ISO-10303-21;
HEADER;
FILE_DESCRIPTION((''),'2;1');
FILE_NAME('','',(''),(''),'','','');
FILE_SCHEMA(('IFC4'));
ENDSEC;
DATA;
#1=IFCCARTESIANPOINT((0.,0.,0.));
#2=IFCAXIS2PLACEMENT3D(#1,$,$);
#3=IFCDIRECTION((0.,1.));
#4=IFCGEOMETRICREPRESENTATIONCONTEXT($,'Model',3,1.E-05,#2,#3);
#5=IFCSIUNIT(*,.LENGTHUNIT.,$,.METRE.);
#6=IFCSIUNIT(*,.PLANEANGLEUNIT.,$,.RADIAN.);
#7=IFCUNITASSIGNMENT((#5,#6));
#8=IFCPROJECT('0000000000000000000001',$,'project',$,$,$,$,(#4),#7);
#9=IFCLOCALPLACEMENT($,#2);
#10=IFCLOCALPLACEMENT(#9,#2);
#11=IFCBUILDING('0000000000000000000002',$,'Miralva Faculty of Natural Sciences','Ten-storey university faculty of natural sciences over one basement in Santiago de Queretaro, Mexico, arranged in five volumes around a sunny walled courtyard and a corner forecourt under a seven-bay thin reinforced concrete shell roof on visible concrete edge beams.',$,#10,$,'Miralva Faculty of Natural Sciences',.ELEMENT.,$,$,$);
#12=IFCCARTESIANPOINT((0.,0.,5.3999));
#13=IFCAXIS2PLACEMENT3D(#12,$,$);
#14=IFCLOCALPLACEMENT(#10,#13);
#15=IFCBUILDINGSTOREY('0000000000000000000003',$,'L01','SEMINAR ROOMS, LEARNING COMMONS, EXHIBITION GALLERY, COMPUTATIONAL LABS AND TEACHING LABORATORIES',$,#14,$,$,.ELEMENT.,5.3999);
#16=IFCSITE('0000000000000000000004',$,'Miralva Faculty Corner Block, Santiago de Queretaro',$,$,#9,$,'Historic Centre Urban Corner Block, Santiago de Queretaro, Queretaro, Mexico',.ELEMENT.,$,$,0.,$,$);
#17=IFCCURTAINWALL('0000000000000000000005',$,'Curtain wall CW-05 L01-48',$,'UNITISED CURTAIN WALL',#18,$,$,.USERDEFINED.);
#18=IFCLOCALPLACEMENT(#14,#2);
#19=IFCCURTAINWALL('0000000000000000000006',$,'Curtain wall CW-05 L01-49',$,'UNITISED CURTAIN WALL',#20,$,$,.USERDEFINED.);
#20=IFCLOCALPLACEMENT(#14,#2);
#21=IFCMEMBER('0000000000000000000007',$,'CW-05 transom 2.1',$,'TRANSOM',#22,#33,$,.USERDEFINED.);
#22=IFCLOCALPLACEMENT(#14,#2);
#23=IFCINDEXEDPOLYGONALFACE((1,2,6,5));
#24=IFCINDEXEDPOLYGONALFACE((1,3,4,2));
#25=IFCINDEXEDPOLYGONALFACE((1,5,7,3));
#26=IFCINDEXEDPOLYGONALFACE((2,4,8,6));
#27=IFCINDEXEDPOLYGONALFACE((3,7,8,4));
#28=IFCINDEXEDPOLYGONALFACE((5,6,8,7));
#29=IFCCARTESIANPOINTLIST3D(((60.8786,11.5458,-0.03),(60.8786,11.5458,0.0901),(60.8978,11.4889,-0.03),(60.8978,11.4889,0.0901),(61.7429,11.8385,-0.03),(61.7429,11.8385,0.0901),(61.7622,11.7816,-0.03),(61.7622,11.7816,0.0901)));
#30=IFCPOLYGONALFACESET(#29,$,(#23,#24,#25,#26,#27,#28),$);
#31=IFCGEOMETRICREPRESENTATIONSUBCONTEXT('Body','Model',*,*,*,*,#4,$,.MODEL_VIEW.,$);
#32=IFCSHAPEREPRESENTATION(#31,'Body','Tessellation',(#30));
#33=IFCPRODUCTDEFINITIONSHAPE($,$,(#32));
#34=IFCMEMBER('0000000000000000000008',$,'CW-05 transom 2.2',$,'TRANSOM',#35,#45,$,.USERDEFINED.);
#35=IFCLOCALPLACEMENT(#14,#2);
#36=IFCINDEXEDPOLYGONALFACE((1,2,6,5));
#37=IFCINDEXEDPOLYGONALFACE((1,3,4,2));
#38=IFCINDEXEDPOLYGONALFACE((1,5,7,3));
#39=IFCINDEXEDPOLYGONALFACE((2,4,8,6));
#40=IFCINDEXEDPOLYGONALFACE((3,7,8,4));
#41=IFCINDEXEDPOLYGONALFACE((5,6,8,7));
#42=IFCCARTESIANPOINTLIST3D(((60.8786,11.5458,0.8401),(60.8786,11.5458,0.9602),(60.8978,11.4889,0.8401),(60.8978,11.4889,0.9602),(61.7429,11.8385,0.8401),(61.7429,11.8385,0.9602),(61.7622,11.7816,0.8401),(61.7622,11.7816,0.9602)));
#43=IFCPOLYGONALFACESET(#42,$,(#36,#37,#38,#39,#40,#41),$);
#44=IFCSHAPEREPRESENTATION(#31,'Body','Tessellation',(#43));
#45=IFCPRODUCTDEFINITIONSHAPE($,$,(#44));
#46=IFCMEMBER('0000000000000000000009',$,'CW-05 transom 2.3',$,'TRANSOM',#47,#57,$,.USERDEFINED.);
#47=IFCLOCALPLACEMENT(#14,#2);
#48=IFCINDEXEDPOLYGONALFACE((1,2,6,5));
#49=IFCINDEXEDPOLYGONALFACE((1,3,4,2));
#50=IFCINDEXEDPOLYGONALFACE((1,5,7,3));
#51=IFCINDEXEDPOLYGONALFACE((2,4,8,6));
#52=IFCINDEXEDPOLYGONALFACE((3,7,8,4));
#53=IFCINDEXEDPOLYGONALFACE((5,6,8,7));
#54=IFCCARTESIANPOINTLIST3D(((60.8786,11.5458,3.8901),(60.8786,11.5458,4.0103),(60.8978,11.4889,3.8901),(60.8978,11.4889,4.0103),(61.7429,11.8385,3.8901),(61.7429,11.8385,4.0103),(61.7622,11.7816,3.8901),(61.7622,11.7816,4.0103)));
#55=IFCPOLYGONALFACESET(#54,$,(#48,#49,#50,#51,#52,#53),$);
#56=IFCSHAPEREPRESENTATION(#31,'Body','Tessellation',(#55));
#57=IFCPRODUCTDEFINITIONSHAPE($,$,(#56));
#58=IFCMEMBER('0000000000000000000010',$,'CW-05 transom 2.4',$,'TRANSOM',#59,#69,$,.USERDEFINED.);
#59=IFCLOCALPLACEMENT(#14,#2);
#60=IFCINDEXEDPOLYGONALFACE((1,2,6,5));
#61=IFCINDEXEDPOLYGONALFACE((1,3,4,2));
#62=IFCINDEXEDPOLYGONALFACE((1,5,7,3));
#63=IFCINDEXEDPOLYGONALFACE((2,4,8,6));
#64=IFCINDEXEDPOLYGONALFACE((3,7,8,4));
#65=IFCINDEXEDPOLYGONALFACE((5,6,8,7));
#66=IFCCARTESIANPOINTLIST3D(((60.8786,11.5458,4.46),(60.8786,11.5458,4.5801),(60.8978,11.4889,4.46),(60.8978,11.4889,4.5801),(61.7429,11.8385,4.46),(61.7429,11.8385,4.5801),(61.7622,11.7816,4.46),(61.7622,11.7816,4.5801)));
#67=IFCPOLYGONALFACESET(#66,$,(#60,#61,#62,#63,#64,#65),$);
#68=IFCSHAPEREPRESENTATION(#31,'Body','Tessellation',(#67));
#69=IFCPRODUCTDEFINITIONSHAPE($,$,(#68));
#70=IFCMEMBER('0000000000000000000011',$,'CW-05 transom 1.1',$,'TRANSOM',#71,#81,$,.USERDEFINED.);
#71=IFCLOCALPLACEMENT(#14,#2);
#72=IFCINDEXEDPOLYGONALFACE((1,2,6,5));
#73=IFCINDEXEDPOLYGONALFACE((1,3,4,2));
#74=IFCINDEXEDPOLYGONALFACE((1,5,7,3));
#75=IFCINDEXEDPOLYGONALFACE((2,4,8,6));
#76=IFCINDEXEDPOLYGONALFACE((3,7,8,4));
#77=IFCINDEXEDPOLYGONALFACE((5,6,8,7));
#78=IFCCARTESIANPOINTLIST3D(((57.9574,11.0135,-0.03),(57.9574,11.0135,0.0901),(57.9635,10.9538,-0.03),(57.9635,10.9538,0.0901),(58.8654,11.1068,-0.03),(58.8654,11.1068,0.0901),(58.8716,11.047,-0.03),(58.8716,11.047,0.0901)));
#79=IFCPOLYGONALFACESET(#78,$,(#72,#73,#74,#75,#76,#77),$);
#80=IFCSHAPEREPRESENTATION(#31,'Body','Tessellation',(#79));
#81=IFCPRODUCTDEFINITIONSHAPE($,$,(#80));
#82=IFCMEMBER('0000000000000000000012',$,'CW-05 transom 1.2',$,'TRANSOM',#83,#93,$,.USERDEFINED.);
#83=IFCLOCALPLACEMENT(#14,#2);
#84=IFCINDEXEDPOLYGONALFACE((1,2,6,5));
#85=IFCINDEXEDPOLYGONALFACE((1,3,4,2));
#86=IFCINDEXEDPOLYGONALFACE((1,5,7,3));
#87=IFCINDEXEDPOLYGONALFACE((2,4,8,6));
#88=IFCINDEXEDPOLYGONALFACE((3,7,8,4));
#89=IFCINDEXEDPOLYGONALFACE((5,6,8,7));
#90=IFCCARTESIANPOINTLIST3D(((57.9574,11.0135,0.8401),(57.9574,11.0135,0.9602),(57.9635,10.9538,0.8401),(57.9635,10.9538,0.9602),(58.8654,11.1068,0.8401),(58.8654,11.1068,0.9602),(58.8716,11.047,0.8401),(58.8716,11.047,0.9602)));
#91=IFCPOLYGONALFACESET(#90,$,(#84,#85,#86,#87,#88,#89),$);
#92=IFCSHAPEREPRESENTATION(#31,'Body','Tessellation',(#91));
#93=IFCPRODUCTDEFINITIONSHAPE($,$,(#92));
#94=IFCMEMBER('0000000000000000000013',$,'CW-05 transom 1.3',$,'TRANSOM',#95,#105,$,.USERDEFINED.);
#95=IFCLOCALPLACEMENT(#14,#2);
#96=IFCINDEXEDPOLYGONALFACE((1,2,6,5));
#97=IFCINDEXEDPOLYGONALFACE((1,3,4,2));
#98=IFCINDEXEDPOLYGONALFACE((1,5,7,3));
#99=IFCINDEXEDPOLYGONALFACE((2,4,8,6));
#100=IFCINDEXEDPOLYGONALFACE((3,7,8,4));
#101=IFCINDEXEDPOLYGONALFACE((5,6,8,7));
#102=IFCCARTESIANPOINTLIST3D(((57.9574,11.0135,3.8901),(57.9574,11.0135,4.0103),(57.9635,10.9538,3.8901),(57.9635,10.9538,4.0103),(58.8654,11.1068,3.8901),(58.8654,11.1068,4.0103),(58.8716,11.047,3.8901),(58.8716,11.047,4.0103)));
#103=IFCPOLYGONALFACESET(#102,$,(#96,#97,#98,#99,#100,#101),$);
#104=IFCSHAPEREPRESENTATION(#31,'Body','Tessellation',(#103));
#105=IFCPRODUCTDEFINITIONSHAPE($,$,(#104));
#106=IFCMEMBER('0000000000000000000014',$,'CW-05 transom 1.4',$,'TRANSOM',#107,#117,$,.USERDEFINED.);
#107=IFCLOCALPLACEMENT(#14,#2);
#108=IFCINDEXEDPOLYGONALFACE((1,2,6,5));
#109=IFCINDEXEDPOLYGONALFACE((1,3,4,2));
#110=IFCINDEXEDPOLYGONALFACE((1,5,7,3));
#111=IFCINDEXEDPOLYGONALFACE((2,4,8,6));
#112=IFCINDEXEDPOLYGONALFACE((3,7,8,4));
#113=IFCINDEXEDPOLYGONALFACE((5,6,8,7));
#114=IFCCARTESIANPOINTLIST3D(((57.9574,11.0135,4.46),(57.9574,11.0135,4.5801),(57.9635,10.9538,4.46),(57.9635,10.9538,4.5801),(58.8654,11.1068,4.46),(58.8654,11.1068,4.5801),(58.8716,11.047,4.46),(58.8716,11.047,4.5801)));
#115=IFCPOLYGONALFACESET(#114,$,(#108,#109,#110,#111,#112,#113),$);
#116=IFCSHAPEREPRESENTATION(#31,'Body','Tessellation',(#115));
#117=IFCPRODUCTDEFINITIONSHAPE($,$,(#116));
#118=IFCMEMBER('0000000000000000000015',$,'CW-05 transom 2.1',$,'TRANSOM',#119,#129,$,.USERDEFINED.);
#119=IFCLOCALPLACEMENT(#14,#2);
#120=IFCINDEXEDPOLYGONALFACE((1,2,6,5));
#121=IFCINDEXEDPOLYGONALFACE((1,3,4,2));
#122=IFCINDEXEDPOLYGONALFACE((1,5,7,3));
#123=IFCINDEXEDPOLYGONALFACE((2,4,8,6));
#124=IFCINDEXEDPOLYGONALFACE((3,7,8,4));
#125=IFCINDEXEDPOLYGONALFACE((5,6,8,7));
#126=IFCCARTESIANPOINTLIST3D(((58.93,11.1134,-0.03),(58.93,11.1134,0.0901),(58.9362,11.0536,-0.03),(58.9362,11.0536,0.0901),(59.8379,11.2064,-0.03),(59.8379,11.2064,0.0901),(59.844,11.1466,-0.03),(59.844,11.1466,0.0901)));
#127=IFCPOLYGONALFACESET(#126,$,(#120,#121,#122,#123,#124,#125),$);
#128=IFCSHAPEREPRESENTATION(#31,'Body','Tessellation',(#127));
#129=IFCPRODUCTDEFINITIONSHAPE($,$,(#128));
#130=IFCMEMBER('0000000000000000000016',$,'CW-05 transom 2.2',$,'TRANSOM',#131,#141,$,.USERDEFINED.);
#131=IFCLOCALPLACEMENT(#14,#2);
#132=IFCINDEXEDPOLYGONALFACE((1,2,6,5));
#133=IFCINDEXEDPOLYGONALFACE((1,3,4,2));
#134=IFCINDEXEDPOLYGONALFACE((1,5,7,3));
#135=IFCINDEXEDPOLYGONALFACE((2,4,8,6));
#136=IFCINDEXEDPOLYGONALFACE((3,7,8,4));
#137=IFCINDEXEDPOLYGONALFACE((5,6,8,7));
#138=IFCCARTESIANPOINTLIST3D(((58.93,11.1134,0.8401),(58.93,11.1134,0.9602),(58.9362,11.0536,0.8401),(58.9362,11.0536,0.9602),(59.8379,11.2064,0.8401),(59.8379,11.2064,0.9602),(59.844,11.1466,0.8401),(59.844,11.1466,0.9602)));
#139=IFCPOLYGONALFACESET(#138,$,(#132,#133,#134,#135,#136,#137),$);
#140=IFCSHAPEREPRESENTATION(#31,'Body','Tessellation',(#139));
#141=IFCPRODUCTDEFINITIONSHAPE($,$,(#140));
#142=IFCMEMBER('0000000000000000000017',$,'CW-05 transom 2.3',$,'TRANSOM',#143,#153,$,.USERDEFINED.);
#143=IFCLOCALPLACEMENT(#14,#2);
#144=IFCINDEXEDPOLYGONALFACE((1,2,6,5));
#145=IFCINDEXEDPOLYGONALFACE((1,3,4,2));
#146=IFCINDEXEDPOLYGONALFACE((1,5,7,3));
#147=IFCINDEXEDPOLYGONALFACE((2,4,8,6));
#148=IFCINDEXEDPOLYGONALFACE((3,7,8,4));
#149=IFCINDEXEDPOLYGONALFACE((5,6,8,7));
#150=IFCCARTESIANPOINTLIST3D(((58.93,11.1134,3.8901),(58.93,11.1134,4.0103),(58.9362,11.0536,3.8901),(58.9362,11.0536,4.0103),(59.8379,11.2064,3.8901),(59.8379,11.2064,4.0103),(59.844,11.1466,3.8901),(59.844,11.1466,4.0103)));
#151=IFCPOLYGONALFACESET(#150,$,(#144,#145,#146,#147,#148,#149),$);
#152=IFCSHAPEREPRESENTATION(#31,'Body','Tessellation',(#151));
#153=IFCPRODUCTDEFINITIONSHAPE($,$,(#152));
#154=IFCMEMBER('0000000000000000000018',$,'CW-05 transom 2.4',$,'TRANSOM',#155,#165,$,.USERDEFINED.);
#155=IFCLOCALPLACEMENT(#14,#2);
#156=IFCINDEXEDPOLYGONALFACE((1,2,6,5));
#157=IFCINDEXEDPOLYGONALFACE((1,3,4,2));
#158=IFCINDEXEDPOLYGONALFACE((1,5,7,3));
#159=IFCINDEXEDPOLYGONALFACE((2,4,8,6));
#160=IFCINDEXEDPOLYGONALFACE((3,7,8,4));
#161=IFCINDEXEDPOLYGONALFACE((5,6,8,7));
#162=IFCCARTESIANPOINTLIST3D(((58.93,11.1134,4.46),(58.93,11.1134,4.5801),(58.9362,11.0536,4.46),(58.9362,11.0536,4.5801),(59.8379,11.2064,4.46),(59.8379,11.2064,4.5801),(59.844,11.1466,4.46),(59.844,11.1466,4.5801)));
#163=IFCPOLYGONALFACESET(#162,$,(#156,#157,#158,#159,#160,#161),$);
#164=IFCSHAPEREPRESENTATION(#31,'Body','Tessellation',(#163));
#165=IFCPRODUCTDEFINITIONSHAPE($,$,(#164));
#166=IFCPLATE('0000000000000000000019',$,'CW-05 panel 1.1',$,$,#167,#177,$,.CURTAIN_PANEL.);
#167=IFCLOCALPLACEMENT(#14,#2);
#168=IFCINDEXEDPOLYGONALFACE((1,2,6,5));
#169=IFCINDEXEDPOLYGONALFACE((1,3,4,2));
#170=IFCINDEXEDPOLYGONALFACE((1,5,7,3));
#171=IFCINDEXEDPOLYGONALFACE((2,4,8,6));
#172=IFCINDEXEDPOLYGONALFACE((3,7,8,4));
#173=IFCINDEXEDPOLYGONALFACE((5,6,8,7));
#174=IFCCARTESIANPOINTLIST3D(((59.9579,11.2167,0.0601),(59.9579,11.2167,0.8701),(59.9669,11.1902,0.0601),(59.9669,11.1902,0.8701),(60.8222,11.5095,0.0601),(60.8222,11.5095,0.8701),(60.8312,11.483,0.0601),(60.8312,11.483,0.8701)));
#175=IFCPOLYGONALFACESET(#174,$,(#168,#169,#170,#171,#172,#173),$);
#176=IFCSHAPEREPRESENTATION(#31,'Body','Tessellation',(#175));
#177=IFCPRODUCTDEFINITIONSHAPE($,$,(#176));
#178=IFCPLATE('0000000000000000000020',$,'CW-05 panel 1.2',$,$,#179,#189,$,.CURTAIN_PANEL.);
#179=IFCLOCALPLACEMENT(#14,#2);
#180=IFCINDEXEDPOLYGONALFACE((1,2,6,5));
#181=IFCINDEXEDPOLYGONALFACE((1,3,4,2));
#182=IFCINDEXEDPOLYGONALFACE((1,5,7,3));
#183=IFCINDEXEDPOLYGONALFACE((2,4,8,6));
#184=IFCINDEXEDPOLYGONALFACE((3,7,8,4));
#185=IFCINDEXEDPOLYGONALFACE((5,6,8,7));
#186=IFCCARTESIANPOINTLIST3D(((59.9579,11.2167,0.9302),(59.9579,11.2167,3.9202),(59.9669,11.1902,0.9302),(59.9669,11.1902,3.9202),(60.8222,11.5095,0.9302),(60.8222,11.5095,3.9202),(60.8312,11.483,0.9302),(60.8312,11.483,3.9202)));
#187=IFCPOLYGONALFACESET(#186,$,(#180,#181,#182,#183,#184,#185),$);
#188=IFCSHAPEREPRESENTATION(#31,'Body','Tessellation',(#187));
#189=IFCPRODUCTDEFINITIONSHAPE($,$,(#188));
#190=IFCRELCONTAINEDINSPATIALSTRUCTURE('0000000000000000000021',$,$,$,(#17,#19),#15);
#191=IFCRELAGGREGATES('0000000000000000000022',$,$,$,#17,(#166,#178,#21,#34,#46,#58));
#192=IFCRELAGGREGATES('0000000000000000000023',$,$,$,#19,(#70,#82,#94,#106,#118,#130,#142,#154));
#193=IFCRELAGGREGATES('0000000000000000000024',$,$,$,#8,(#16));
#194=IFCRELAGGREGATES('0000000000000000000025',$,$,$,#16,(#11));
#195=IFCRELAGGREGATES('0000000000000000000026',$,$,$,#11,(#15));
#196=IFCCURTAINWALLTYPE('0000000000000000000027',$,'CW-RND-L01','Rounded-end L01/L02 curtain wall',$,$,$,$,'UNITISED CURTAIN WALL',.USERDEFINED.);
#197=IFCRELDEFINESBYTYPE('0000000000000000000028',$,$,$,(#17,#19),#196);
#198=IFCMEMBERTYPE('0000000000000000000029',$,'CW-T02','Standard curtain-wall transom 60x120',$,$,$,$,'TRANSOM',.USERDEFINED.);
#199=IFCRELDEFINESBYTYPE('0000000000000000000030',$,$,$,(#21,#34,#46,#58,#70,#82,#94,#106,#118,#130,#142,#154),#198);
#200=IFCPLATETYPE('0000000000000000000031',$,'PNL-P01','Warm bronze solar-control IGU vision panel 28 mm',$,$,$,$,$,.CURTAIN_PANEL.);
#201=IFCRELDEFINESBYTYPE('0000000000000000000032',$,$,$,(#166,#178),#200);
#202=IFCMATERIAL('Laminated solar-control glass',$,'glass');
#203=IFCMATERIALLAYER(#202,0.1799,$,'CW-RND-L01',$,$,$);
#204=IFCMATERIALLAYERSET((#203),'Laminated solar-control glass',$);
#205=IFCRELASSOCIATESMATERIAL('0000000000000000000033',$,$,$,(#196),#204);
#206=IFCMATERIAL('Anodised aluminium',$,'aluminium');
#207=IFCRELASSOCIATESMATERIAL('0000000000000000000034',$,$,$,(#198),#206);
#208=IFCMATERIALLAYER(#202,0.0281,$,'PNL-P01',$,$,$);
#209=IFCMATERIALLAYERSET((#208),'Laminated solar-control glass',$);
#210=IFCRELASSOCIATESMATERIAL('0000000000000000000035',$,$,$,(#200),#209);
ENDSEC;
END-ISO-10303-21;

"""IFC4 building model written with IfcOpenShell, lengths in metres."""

from ifc_helpers import new_model, si_unit, direction, frame, origin, origin_2d, place, context, subcontext, project, spatial, rectangle, extrude, material, layer, layer_set, material_profile, profile_set, type_object, element, aggregate, save


model = new_model("IFC4")

# Units and contexts
model_context = context("Model", 3, precision=1e-05, world=origin(), true_north=direction((0.0, 1.0)))
body_context = subcontext(model_context, "Body", "Model", "MODEL_VIEW")
ifc_project = project(units=[si_unit("LENGTHUNIT", "METRE"), si_unit("PLANEANGLEUNIT", "RADIAN")], contexts=[model_context])

# Site, building, storey
site_placement = place(None, origin())
site = spatial("IfcSite", under=ifc_project, at=site_placement, Name="Miralva Faculty Corner Block, Santiago de Queretaro", LongName="Historic Centre Urban Corner Block, Santiago de Queretaro, Queretaro, Mexico", CompositionType="ELEMENT", RefElevation=0.0)
building_placement = place(site_placement, origin())
building = spatial("IfcBuilding", under=site, at=building_placement, Name="Miralva Faculty of Natural Sciences", Description="Ten-storey university faculty of natural sciences over one basement in Santiago de Queretaro, Mexico, arranged in five volumes around a sunny walled courtyard and a corner forecourt under a seven-bay thin reinforced concrete shell roof on visible concrete edge beams.", LongName="Miralva Faculty of Natural Sciences", CompositionType="ELEMENT")
storey_placement = place(building_placement, frame((0.0, 0.0, 5.3999)))
storey = spatial("IfcBuildingStorey", under=building, at=storey_placement, Name="L01", Description="SEMINAR ROOMS, LEARNING COMMONS, EXHIBITION GALLERY, COMPUTATIONAL LABS AND TEACHING LABORATORIES", CompositionType="ELEMENT", Elevation=5.3999)

# Shared definitions
ifc_material_1 = material(Name="Laminated solar-control glass", Category="glass")
ifc_layer_1 = layer(ifc_material_1, 0.1799, Name="CW-RND-L01")
ifc_layer_set_1 = layer_set([ifc_layer_1], Name="Laminated solar-control glass")
curtain_wall_type = type_object("IfcCurtainWallType", Name="CW-RND-L01", Description="Rounded-end L01/L02 curtain wall", ElementType="UNITISED CURTAIN WALL", PredefinedType="USERDEFINED", material=ifc_layer_set_1)
ifc_material_2 = material(Name="Anodised aluminium", Category="aluminium")

# Curtain walls
curtain_wall_1_placement = place(storey_placement, origin())
curtain_wall_1 = element("IfcCurtainWall", 1, at=curtain_wall_1_placement, inside=storey, type_object=curtain_wall_type, Name="Curtain wall CW-05 L01-48", ObjectType="UNITISED CURTAIN WALL", PredefinedType="USERDEFINED")
curtain_wall_2_placement = place(storey_placement, origin())
curtain_wall_2 = element("IfcCurtainWall", 2, at=curtain_wall_2_placement, inside=storey, type_object=curtain_wall_type, Name="Curtain wall CW-05 L01-49", ObjectType="UNITISED CURTAIN WALL", PredefinedType="USERDEFINED")

# Members
ifc_material_profile_1 = material_profile(ifc_material_2, rectangle(XDim=0.0601, YDim=0.1201, at=origin_2d()), Name="TRANSOM 60x120")
ifc_profile_set_1 = profile_set([ifc_material_profile_1], Name="Anodised aluminium")
member_type_1 = type_object("IfcMemberType", Name="CW-T02", Description="Standard curtain-wall transom 60x120", ElementType="TRANSOM", PredefinedType="USERDEFINED", material=ifc_profile_set_1)
member_1_placement = place(storey_placement, frame((60.8882, 11.5173, 0.03), z_axis=(0.947175, 0.320718, 0.0), x_axis=(-0.320718, 0.947175, 0.0)))
member_1 = element("IfcMember", 3, at=member_1_placement, type_object=member_type_1, Name="CW-05 transom 2.1", ObjectType="TRANSOM", PredefinedType="USERDEFINED", context=body_context, shape_type="SweptSolid", body=[
    extrude(rectangle(XDim=0.0601, YDim=0.1201, at=origin_2d()), origin(), (0.0, 0.0, 1.0), 0.9126),
])
member_2_placement = place(storey_placement, frame((60.8882, 11.5173, 0.9001), z_axis=(0.947175, 0.320718, 0.0), x_axis=(-0.320718, 0.947175, 0.0)))
member_2 = element("IfcMember", 4, at=member_2_placement, type_object=member_type_1, Name="CW-05 transom 2.2", ObjectType="TRANSOM", PredefinedType="USERDEFINED", context=body_context, shape_type="SweptSolid", body=[
    extrude(rectangle(XDim=0.0601, YDim=0.1201, at=origin_2d()), origin(), (0.0, 0.0, 1.0), 0.9126),
])
member_3_placement = place(storey_placement, frame((60.8882, 11.5173, 3.9502), z_axis=(0.947175, 0.320718, 0.0), x_axis=(-0.320718, 0.947175, 0.0)))
member_3 = element("IfcMember", 5, at=member_3_placement, type_object=member_type_1, Name="CW-05 transom 2.3", ObjectType="TRANSOM", PredefinedType="USERDEFINED", context=body_context, shape_type="SweptSolid", body=[
    extrude(rectangle(XDim=0.0601, YDim=0.1201, at=origin_2d()), origin(), (0.0, 0.0, 1.0), 0.9126),
])
member_4_placement = place(storey_placement, frame((60.8882, 11.5173, 4.52), z_axis=(0.947175, 0.320718, 0.0), x_axis=(-0.320718, 0.947175, 0.0)))
member_4 = element("IfcMember", 6, at=member_4_placement, type_object=member_type_1, Name="CW-05 transom 2.4", ObjectType="TRANSOM", PredefinedType="USERDEFINED", context=body_context, shape_type="SweptSolid", body=[
    extrude(rectangle(XDim=0.0601, YDim=0.1201, at=origin_2d()), origin(), (0.0, 0.0, 1.0), 0.9126),
])
member_5_placement = place(storey_placement, frame((57.9604, 10.9836, 0.03), z_axis=(0.994766, 0.102178, 0.0), x_axis=(-0.102178, 0.994766, 0.0)))
member_5 = element("IfcMember", 7, at=member_5_placement, type_object=member_type_1, Name="CW-05 transom 1.1", ObjectType="TRANSOM", PredefinedType="USERDEFINED", context=body_context, shape_type="SweptSolid", body=[
    extrude(rectangle(XDim=0.0601, YDim=0.1201, at=origin_2d()), origin(), (0.0, 0.0, 1.0), 0.9128),
])
member_6_placement = place(storey_placement, frame((57.9604, 10.9836, 0.9001), z_axis=(0.994766, 0.102178, 0.0), x_axis=(-0.102178, 0.994766, 0.0)))
member_6 = element("IfcMember", 8, at=member_6_placement, type_object=member_type_1, Name="CW-05 transom 1.2", ObjectType="TRANSOM", PredefinedType="USERDEFINED", context=body_context, shape_type="SweptSolid", body=[
    extrude(rectangle(XDim=0.0601, YDim=0.1201, at=origin_2d()), origin(), (0.0, 0.0, 1.0), 0.9128),
])
member_7_placement = place(storey_placement, frame((57.9604, 10.9836, 3.9502), z_axis=(0.994766, 0.102178, 0.0), x_axis=(-0.102178, 0.994766, 0.0)))
member_7 = element("IfcMember", 9, at=member_7_placement, type_object=member_type_1, Name="CW-05 transom 1.3", ObjectType="TRANSOM", PredefinedType="USERDEFINED", context=body_context, shape_type="SweptSolid", body=[
    extrude(rectangle(XDim=0.0601, YDim=0.1201, at=origin_2d()), origin(), (0.0, 0.0, 1.0), 0.9128),
])
member_8_placement = place(storey_placement, frame((57.9604, 10.9836, 4.52), z_axis=(0.994766, 0.102178, 0.0), x_axis=(-0.102178, 0.994766, 0.0)))
member_8 = element("IfcMember", 10, at=member_8_placement, type_object=member_type_1, Name="CW-05 transom 1.4", ObjectType="TRANSOM", PredefinedType="USERDEFINED", context=body_context, shape_type="SweptSolid", body=[
    extrude(rectangle(XDim=0.0601, YDim=0.1201, at=origin_2d()), origin(), (0.0, 0.0, 1.0), 0.9128),
])
member_9_placement = place(storey_placement, frame((58.9331, 11.0835, 0.03), z_axis=(0.994793, 0.101913, 0.0), x_axis=(-0.101913, 0.994793, 0.0)))
member_9 = element("IfcMember", 11, at=member_9_placement, type_object=member_type_1, Name="CW-05 transom 2.1", ObjectType="TRANSOM", PredefinedType="USERDEFINED", context=body_context, shape_type="SweptSolid", body=[
    extrude(rectangle(XDim=0.0601, YDim=0.1201, at=origin_2d()), origin(), (0.0, 0.0, 1.0), 0.9126),
])
member_10_placement = place(storey_placement, frame((58.9331, 11.0835, 0.9001), z_axis=(0.994793, 0.101913, 0.0), x_axis=(-0.101913, 0.994793, 0.0)))
member_10 = element("IfcMember", 12, at=member_10_placement, type_object=member_type_1, Name="CW-05 transom 2.2", ObjectType="TRANSOM", PredefinedType="USERDEFINED", context=body_context, shape_type="SweptSolid", body=[
    extrude(rectangle(XDim=0.0601, YDim=0.1201, at=origin_2d()), origin(), (0.0, 0.0, 1.0), 0.9126),
])
member_11_placement = place(storey_placement, frame((58.9331, 11.0835, 3.9502), z_axis=(0.994793, 0.101913, 0.0), x_axis=(-0.101913, 0.994793, 0.0)))
member_11 = element("IfcMember", 13, at=member_11_placement, type_object=member_type_1, Name="CW-05 transom 2.3", ObjectType="TRANSOM", PredefinedType="USERDEFINED", context=body_context, shape_type="SweptSolid", body=[
    extrude(rectangle(XDim=0.0601, YDim=0.1201, at=origin_2d()), origin(), (0.0, 0.0, 1.0), 0.9126),
])
member_12_placement = place(storey_placement, frame((58.9331, 11.0835, 4.52), z_axis=(0.994793, 0.101913, 0.0), x_axis=(-0.101913, 0.994793, 0.0)))
member_12 = element("IfcMember", 14, at=member_12_placement, type_object=member_type_1, Name="CW-05 transom 2.4", ObjectType="TRANSOM", PredefinedType="USERDEFINED", context=body_context, shape_type="SweptSolid", body=[
    extrude(rectangle(XDim=0.0601, YDim=0.1201, at=origin_2d()), origin(), (0.0, 0.0, 1.0), 0.9126),
])

# Plates
ifc_layer_2 = layer(ifc_material_1, 0.0281, Name="PNL-P01")
ifc_layer_set_2 = layer_set([ifc_layer_2], Name="Laminated solar-control glass")
plate_type = type_object("IfcPlateType", Name="PNL-P01", Description="Warm bronze solar-control IGU vision panel 28 mm", PredefinedType="CURTAIN_PANEL", material=ifc_layer_set_2)
plate_1_placement = place(storey_placement, frame((60.3945, 11.3499, 0.0601), z_axis=(0.0, 0.0, 1.0), x_axis=(0.947133, 0.320842, 0.0)))
plate_1 = element("IfcPlate", 15, at=plate_1_placement, type_object=plate_type, Name="CW-05 panel 1.1", PredefinedType="CURTAIN_PANEL", context=body_context, shape_type="SweptSolid", body=[
    extrude(rectangle(XDim=0.9126, YDim=0.0281, at=origin_2d()), origin(), (0.0, 0.0, 1.0), 0.8101),
])
plate_2_placement = place(storey_placement, frame((60.3945, 11.3499, 0.9302), z_axis=(0.0, 0.0, 1.0), x_axis=(0.947133, 0.320842, 0.0)))
plate_2 = element("IfcPlate", 16, at=plate_2_placement, type_object=plate_type, Name="CW-05 panel 1.2", PredefinedType="CURTAIN_PANEL", context=body_context, shape_type="SweptSolid", body=[
    extrude(rectangle(XDim=0.9126, YDim=0.0281, at=origin_2d()), origin(), (0.0, 0.0, 1.0), 2.99),
])
aggregate(curtain_wall_1, [plate_1, plate_2, member_1, member_2, member_3, member_4])
aggregate(curtain_wall_2, [member_5, member_6, member_7, member_8, member_9, member_10, member_11, member_12])

save(model, "model.ifc")
